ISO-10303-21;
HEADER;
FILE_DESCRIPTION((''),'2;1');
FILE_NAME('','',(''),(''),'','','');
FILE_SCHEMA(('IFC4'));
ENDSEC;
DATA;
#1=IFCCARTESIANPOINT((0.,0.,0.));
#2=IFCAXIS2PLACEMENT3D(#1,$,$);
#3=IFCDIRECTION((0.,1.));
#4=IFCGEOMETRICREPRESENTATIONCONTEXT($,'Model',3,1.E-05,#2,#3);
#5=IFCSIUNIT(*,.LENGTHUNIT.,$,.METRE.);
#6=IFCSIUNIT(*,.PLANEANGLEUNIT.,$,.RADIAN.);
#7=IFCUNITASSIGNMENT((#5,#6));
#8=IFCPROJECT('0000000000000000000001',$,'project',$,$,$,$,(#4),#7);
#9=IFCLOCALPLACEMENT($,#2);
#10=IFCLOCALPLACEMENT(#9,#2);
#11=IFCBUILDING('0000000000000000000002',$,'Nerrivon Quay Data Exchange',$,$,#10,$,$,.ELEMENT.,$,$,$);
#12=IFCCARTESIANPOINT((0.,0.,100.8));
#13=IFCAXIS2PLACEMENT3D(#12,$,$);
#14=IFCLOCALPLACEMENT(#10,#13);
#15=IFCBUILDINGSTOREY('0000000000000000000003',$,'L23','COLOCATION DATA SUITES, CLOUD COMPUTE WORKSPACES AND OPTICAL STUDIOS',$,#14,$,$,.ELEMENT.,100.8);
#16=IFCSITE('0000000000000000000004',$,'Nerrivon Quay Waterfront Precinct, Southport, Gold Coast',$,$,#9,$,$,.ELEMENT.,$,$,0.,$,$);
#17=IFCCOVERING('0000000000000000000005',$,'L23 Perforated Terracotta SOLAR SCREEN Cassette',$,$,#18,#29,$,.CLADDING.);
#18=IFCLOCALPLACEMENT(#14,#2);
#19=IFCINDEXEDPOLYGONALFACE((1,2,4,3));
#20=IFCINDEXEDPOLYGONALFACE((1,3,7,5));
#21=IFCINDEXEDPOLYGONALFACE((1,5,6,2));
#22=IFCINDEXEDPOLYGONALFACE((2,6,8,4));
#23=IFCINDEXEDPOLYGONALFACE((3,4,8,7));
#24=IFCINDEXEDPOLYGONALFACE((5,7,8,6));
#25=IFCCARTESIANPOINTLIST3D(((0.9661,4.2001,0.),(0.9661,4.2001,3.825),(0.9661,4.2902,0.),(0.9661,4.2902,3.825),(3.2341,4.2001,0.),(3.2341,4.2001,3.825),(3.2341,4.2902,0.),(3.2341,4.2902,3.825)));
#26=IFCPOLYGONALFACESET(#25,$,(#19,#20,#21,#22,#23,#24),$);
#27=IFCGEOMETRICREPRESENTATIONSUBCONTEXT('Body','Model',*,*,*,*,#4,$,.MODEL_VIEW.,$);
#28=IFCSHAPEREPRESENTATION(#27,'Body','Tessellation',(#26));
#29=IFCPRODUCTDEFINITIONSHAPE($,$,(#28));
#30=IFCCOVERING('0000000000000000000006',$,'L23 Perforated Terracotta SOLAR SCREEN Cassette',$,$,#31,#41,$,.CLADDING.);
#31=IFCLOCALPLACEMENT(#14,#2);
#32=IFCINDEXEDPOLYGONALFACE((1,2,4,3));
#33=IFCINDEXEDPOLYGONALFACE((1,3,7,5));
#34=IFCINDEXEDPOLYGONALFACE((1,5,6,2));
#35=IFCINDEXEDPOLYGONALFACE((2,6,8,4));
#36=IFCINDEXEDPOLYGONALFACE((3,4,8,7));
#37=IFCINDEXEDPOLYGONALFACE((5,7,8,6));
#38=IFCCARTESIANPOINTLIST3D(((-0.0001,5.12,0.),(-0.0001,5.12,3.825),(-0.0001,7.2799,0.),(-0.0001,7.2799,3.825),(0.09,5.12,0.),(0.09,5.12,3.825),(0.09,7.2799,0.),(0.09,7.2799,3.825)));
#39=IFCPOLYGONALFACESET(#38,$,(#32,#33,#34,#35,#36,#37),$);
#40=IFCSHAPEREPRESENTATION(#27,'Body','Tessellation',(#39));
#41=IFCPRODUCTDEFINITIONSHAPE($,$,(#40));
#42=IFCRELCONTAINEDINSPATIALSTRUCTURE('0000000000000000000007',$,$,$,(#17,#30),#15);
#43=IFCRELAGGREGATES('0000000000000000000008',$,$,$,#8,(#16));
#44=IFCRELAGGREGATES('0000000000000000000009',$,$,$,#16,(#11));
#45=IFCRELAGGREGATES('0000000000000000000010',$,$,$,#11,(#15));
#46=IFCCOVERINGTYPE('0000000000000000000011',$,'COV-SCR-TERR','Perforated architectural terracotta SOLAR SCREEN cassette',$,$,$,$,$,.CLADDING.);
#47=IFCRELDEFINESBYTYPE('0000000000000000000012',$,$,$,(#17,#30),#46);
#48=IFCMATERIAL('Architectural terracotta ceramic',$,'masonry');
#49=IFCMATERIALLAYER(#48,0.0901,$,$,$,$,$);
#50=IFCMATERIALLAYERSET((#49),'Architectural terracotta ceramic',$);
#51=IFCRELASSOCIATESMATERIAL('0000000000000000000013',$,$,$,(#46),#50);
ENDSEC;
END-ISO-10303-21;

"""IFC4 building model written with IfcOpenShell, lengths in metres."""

from ifc_helpers import new_model, si_unit, direction, frame, origin, origin_2d, place, context, subcontext, project, spatial, rectangle, extrude, material, layer, layer_set, type_object, element, save


model = new_model("IFC4")

# Units and contexts
model_context = context("Model", 3, precision=1e-05, world=origin(), true_north=direction((0.0, 1.0)))
body_context = subcontext(model_context, "Body", "Model", "MODEL_VIEW")
ifc_project = project(units=[si_unit("LENGTHUNIT", "METRE"), si_unit("PLANEANGLEUNIT", "RADIAN")], contexts=[model_context])

# Site, building, storey
site_placement = place(None, origin())
site = spatial("IfcSite", under=ifc_project, at=site_placement, Name="Nerrivon Quay Waterfront Precinct, Southport, Gold Coast", CompositionType="ELEMENT", RefElevation=0.0)
building_placement = place(site_placement, origin())
building = spatial("IfcBuilding", under=site, at=building_placement, Name="Nerrivon Quay Data Exchange", CompositionType="ELEMENT")
storey_placement = place(building_placement, frame((0.0, 0.0, 100.8)))
storey = spatial("IfcBuildingStorey", under=building, at=storey_placement, Name="L23", Description="COLOCATION DATA SUITES, CLOUD COMPUTE WORKSPACES AND OPTICAL STUDIOS", CompositionType="ELEMENT", Elevation=100.8)

# Coverings
ifc_material_1 = material(Name="Architectural terracotta ceramic", Category="masonry")
ifc_layer_1 = layer(ifc_material_1, 0.0901)
ifc_layer_set_1 = layer_set([ifc_layer_1], Name="Architectural terracotta ceramic")
covering_type = type_object("IfcCoveringType", Name="COV-SCR-TERR", Description="Perforated architectural terracotta SOLAR SCREEN cassette", PredefinedType="CLADDING", material=ifc_layer_set_1)
for number, where, z_axis, x_axis, name in (
    (1, (2.1001, 4.2451, 0.0), (0.0, 0.0, 1.0), (-1.0, 0.0, 0.0), "L23 Perforated Terracotta SOLAR SCREEN Cassette"),
):
    element("IfcCovering", number, at=place(storey_placement, frame(where, z_axis=z_axis, x_axis=x_axis)), inside=storey, type_object=covering_type, Name=name, PredefinedType="CLADDING", context=body_context, shape_type="SweptSolid", body=[
        extrude(rectangle(XDim=2.2681, YDim=0.0901, at=origin_2d()), origin(), (0.0, 0.0, 1.0), 3.825),
    ])
covering_placement = place(storey_placement, frame((0.0449, 6.2, 0.0), z_axis=(0.0, 0.0, 1.0), x_axis=(0.0, 1.0, 0.0)))
element("IfcCovering", 2, at=covering_placement, inside=storey, type_object=covering_type, Name="L23 Perforated Terracotta SOLAR SCREEN Cassette", PredefinedType="CLADDING", context=body_context, shape_type="SweptSolid", body=[
    extrude(rectangle(XDim=2.1599, YDim=0.0901, at=origin_2d()), origin(), (0.0, 0.0, 1.0), 3.825),
])

save(model, "model.ifc")
